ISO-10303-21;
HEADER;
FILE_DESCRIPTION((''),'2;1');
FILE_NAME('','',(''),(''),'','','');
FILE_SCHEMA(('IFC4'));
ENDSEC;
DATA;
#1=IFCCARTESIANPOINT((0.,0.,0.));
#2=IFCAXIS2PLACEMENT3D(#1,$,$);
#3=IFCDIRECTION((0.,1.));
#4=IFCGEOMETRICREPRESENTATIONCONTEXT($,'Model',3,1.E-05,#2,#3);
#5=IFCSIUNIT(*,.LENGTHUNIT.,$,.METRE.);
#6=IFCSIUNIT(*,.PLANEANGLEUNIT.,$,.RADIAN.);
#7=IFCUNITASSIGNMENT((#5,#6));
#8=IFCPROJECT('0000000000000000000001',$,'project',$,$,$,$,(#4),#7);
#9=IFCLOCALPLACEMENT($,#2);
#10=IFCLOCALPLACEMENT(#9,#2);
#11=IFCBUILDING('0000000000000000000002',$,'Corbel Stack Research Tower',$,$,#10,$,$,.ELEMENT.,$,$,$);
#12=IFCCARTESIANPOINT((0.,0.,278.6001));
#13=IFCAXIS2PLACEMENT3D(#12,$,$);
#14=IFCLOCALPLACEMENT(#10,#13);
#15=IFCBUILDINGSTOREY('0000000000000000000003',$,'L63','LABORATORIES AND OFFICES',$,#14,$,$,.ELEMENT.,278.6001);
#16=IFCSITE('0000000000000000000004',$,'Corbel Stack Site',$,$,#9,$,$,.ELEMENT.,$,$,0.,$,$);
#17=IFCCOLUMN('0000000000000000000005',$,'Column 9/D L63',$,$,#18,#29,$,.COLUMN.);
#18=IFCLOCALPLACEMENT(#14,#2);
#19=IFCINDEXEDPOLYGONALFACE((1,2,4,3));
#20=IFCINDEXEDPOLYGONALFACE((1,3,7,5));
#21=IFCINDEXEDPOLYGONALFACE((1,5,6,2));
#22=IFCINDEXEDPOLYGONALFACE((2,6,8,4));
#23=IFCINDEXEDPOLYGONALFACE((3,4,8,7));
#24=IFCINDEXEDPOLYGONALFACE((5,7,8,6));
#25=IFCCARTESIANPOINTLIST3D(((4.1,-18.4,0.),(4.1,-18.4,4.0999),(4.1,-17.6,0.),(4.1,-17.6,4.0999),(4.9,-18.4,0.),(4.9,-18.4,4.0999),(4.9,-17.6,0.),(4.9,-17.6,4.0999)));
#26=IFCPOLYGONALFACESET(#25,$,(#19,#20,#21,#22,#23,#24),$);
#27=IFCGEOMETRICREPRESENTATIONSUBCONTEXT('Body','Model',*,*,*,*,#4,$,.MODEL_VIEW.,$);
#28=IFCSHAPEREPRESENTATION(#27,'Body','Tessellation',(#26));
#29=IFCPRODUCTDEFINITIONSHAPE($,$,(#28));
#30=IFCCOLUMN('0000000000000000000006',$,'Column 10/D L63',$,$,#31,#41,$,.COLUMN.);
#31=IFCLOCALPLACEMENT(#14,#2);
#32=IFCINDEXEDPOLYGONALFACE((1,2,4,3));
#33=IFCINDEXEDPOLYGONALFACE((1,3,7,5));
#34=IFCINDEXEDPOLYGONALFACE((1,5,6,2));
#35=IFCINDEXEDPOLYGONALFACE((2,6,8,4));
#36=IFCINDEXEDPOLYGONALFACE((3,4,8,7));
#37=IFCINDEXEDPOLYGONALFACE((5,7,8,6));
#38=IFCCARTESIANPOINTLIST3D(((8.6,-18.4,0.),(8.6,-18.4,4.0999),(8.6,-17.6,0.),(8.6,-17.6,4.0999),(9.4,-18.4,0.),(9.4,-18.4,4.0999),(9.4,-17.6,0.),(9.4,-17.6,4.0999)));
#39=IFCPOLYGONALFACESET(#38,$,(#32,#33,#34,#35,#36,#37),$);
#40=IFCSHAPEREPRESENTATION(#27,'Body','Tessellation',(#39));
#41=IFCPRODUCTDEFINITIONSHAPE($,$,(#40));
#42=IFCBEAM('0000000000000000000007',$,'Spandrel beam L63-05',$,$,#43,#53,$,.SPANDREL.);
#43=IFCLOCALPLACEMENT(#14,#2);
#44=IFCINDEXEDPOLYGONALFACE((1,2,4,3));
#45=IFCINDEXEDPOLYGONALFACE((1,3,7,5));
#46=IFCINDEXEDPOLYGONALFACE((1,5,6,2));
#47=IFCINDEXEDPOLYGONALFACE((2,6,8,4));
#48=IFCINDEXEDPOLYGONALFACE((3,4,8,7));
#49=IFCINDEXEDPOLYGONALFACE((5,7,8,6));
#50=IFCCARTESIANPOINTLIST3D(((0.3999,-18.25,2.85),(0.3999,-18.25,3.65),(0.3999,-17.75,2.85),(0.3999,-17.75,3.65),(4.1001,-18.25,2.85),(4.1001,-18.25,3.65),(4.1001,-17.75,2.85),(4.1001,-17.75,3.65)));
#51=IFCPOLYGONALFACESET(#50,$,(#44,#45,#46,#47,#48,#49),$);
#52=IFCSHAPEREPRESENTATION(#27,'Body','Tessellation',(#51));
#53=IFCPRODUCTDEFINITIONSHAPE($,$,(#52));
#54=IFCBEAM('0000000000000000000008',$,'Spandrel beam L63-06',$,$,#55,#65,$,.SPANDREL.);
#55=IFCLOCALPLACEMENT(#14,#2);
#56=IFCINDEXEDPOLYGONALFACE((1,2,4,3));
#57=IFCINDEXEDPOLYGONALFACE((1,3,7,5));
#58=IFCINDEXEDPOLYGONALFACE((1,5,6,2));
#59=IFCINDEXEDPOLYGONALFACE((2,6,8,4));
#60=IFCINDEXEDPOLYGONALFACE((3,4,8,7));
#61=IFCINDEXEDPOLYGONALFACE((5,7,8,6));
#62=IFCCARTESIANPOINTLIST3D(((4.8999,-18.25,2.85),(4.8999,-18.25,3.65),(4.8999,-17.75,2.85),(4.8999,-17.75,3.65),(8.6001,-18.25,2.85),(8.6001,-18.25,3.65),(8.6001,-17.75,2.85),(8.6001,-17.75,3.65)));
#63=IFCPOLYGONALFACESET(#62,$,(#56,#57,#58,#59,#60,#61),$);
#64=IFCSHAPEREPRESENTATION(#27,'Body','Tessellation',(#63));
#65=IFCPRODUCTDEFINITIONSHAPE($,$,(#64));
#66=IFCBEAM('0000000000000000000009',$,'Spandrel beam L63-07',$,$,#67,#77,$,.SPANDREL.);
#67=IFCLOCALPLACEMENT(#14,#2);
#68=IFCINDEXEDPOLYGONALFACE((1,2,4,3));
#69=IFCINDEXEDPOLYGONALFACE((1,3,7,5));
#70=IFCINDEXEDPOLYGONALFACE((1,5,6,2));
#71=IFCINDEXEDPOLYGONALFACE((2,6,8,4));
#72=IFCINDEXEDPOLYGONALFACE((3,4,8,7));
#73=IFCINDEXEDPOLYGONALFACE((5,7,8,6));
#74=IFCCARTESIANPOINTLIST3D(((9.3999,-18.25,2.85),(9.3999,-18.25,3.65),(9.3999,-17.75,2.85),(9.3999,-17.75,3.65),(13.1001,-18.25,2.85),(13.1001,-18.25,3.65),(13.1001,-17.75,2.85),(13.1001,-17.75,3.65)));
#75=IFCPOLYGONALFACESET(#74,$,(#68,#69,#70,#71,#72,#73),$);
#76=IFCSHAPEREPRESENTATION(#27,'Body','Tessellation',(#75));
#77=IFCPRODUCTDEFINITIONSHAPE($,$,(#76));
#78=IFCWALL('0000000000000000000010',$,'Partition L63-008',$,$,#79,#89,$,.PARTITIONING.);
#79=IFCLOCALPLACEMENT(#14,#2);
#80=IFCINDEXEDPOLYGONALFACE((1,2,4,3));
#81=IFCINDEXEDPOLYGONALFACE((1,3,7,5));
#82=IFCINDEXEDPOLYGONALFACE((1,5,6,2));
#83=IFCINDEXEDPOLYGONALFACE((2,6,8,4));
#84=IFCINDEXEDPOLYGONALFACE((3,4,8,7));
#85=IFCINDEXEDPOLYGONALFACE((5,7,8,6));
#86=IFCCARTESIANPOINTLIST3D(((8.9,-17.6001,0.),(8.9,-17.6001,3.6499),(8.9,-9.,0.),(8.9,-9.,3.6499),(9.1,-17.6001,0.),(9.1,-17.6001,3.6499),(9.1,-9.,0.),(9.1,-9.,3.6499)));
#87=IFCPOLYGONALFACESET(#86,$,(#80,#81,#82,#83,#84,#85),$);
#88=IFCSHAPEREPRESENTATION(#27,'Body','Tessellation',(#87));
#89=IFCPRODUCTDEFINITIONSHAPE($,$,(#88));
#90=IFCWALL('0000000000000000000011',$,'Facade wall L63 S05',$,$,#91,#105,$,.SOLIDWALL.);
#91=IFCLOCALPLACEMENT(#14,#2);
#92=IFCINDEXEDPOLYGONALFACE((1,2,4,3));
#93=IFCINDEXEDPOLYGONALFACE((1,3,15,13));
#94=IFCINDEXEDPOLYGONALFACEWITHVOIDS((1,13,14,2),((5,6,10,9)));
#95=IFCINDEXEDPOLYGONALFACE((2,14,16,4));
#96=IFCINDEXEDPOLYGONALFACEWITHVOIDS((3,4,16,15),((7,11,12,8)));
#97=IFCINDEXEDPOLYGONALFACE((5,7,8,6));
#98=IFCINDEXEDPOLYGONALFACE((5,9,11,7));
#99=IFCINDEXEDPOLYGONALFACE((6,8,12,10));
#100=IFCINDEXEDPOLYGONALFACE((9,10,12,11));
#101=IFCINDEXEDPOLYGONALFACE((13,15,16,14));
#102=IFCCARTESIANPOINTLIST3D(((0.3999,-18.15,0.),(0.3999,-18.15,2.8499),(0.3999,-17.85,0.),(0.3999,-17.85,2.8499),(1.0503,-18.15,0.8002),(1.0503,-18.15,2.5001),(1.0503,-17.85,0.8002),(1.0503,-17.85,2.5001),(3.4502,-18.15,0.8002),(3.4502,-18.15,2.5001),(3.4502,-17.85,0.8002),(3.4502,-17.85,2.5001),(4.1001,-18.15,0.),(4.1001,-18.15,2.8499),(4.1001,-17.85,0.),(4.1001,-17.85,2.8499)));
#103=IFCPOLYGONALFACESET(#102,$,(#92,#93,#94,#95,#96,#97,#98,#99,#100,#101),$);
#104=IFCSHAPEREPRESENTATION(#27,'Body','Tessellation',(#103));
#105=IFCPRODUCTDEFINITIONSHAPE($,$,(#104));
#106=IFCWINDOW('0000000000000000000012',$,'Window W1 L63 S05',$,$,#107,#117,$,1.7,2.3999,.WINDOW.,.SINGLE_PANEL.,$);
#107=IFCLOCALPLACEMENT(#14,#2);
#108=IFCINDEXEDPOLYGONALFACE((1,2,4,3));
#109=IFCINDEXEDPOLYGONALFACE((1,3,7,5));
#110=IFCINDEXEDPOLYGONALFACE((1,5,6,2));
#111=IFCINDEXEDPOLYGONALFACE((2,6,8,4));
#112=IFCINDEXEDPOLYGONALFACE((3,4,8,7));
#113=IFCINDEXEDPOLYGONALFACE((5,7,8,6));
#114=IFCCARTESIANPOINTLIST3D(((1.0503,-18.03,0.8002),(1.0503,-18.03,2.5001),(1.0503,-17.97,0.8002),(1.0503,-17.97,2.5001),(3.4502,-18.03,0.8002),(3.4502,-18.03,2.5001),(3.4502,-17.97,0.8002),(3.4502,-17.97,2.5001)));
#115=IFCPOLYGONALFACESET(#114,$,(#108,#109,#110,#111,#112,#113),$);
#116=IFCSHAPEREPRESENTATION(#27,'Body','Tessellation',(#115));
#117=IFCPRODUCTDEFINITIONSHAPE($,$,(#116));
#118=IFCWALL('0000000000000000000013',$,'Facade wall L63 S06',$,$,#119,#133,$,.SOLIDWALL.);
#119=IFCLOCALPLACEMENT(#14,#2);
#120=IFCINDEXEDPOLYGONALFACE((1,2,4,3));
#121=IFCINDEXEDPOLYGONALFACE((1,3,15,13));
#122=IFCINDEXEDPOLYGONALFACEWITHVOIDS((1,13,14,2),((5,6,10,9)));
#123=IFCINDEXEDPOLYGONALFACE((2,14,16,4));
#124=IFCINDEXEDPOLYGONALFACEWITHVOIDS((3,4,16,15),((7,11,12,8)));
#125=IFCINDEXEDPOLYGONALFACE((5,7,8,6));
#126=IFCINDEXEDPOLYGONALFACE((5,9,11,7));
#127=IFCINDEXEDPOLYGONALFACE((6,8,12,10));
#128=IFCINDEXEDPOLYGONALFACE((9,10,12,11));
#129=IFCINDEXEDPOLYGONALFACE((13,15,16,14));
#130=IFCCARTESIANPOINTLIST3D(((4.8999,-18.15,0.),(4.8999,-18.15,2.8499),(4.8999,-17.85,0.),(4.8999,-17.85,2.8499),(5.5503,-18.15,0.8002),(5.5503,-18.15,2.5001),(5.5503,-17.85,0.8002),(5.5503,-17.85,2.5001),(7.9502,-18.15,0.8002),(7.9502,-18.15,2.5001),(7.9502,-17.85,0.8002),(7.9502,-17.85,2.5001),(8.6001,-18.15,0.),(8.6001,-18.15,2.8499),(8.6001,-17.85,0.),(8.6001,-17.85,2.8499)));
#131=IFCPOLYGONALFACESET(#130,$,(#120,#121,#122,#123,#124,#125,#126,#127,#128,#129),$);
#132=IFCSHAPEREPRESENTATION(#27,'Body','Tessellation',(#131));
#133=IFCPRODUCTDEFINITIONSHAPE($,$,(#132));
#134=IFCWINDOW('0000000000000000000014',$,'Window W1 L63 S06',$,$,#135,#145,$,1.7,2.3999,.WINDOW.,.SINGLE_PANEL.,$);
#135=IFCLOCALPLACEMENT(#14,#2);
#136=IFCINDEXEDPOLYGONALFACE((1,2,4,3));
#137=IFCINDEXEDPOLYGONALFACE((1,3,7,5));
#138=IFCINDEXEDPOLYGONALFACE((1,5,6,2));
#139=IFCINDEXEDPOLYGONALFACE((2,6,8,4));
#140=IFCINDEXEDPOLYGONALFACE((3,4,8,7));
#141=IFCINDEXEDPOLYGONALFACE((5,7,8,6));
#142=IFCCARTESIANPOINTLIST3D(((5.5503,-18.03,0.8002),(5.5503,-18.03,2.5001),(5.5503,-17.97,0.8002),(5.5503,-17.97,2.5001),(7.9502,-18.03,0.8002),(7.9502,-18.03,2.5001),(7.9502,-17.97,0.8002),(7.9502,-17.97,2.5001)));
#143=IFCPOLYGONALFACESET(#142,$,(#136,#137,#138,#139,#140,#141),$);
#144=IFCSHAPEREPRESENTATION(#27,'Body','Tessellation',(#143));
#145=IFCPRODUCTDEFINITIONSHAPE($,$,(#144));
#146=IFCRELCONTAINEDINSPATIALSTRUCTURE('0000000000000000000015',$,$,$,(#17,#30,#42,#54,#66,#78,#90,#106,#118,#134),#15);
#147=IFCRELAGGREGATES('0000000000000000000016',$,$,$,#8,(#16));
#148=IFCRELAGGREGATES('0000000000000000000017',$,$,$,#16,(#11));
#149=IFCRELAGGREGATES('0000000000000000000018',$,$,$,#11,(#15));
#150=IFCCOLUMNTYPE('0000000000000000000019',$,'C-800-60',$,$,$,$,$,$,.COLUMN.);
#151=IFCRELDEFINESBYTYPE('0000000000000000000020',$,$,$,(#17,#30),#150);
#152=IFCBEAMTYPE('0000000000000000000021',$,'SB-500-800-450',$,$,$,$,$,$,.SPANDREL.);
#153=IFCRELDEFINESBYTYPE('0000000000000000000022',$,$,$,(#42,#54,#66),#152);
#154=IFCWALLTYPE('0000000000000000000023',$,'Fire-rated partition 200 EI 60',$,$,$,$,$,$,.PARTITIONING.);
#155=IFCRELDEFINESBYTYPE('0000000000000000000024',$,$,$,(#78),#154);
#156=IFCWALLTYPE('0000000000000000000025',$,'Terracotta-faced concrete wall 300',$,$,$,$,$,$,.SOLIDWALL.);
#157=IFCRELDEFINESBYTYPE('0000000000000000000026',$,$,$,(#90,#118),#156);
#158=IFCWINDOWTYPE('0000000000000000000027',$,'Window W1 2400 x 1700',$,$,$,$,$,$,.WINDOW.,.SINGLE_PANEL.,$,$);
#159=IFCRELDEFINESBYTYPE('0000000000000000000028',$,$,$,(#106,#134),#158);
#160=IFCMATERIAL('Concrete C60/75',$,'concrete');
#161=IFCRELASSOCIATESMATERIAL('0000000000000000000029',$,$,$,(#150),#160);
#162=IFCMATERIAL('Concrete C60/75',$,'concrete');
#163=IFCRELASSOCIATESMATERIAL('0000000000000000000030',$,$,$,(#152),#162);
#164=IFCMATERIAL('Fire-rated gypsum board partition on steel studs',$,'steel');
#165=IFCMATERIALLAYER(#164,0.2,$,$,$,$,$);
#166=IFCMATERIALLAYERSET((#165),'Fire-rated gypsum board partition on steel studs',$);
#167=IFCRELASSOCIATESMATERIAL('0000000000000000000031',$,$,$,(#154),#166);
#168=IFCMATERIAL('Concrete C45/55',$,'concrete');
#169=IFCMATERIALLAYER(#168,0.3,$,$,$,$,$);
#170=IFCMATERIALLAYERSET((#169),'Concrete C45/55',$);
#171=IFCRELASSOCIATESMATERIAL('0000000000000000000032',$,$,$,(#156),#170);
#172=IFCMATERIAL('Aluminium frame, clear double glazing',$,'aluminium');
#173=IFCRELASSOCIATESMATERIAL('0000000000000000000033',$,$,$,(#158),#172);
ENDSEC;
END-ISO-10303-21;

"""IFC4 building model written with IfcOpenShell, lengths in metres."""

from ifc_helpers import new_model, si_unit, direction, frame, frame_2d, origin, origin_2d, place, context, subcontext, project, spatial, rectangle, extrude, material, layer, layer_set, material_profile, profile_set, type_object, element, fill, save


model = new_model("IFC4")

# Units and contexts
model_context = context("Model", 3, precision=1e-05, world=origin(), true_north=direction((0.0, 1.0)))
body_context = subcontext(model_context, "Body", "Model", "MODEL_VIEW")
ifc_project = project(units=[si_unit("LENGTHUNIT", "METRE"), si_unit("PLANEANGLEUNIT", "RADIAN")], contexts=[model_context])

# Site, building, storey
site_placement = place(None, origin())
site = spatial("IfcSite", under=ifc_project, at=site_placement, Name="Corbel Stack Site", CompositionType="ELEMENT", RefElevation=0.0)
building_placement = place(site_placement, origin())
building = spatial("IfcBuilding", under=site, at=building_placement, Name="Corbel Stack Research Tower", CompositionType="ELEMENT")
storey_placement = place(building_placement, frame((0.0, 0.0, 278.6001)))
storey = spatial("IfcBuildingStorey", under=building, at=storey_placement, Name="L63", Description="LABORATORIES AND OFFICES", CompositionType="ELEMENT", Elevation=278.6001)

# Columns
ifc_material_1 = material(Name="Concrete C60/75", Category="concrete")
ifc_material_profile_1 = material_profile(ifc_material_1, rectangle(XDim=0.8, YDim=0.8, at=origin_2d()), Name="RC 800 x 800")
ifc_profile_set_1 = profile_set([ifc_material_profile_1], Name="Concrete C60/75")
column_type = type_object("IfcColumnType", Name="C-800-60", PredefinedType="COLUMN", material=ifc_profile_set_1)
for number, where, z_axis, x_axis, name in (
    (1, (4.5, -18.0, 0.0), (0.0, 0.0, 1.0), (1.0, 0.0, 0.0), "Column 9/D L63"),
    (2, (9.0, -18.0, 0.0), (0.0, 0.0, 1.0), (1.0, 0.0, 0.0), "Column 10/D L63"),
):
    element("IfcColumn", number, at=place(storey_placement, frame(where, z_axis=z_axis, x_axis=x_axis)), inside=storey, type_object=column_type, Name=name, PredefinedType="COLUMN", context=body_context, shape_type="SweptSolid", body=[
        extrude(rectangle(XDim=0.8, YDim=0.8, at=origin_2d()), origin(), (0.0, 0.0, 1.0), 4.0999),
    ])

# Beams
ifc_material_2 = material(Name="Concrete C60/75", Category="concrete")
ifc_material_profile_2 = material_profile(ifc_material_2, rectangle(XDim=0.5, YDim=0.8, at=origin_2d()), Name="RC 500 x 800")
ifc_profile_set_2 = profile_set([ifc_material_profile_2], Name="Concrete C60/75")
beam_type = type_object("IfcBeamType", Name="SB-500-800-450", PredefinedType="SPANDREL", material=ifc_profile_set_2)
for number, where, z_axis, x_axis, name in (
    (3, (0.3999, -18.0, 3.25), (1.0, 0.0, 0.0), (0.0, 1.0, 0.0), "Spandrel beam L63-05"),
    (4, (4.8999, -18.0, 3.25), (1.0, 0.0, 0.0), (0.0, 1.0, 0.0), "Spandrel beam L63-06"),
    (5, (9.3999, -18.0, 3.25), (1.0, 0.0, 0.0), (0.0, 1.0, 0.0), "Spandrel beam L63-07"),
):
    element("IfcBeam", number, at=place(storey_placement, frame(where, z_axis=z_axis, x_axis=x_axis)), inside=storey, type_object=beam_type, Name=name, PredefinedType="SPANDREL", context=body_context, shape_type="SweptSolid", body=[
        extrude(rectangle(XDim=0.5, YDim=0.8, at=origin_2d()), origin(), (0.0, 0.0, 1.0), 3.7002),
    ])

# Wall
ifc_material_3 = material(Name="Fire-rated gypsum board partition on steel studs", Category="steel")
ifc_layer_1 = layer(ifc_material_3, 0.2)
ifc_layer_set_1 = layer_set([ifc_layer_1], Name="Fire-rated gypsum board partition on steel studs")
wall_type_1 = type_object("IfcWallType", Name="Fire-rated partition 200 EI 60", PredefinedType="PARTITIONING", material=ifc_layer_set_1)
wall_1_placement = place(storey_placement, frame((9.0, -17.6001, 0.0), z_axis=(0.0, 0.0, 1.0), x_axis=(0.0, 1.0, 0.0)))
element("IfcWall", 6, at=wall_1_placement, inside=storey, type_object=wall_type_1, Name="Partition L63-008", PredefinedType="PARTITIONING", context=body_context, shape_type="SweptSolid", body=[
    extrude(rectangle(XDim=8.6001, YDim=0.2, at=frame_2d((4.3, 0.0))), origin(), (0.0, 0.0, 1.0), 3.6499),
])

# Walls, openings, windows
ifc_material_4 = material(Name="Concrete C45/55", Category="concrete")
ifc_layer_2 = layer(ifc_material_4, 0.3)
ifc_layer_set_2 = layer_set([ifc_layer_2], Name="Concrete C45/55")
wall_type_2 = type_object("IfcWallType", Name="Terracotta-faced concrete wall 300", PredefinedType="SOLIDWALL", material=ifc_layer_set_2)
wall_2_placement = place(storey_placement, frame((4.1001, -18.0, 0.0), z_axis=(0.0, 0.0, 1.0), x_axis=(-1.0, 0.0, 0.0)))
wall_2 = element("IfcWall", 7, at=wall_2_placement, inside=storey, type_object=wall_type_2, Name="Facade wall L63 S05", PredefinedType="SOLIDWALL", context=body_context, shape_type="SweptSolid", body=[
    extrude(rectangle(XDim=3.7002, YDim=0.3, at=frame_2d((1.8501, 0.0))), origin(), (0.0, 0.0, 1.0), 2.8499),
])
opening_1_placement = place(wall_2_placement, frame((0.6499, 0.0, 0.8)))
opening_1 = element("IfcOpeningElement", 8, at=opening_1_placement, cuts=wall_2, PredefinedType="OPENING", context=body_context, shape_type="SweptSolid", body=[
    extrude(rectangle(XDim=2.3999, YDim=1.7, at=frame_2d((1.2, 0.8501))), frame((0.0, 0.1599, 0.0), z_axis=(0.0, -1.0, 0.0), x_axis=(1.0, 0.0, 0.0)), (0.0, 0.0, 1.0), 0.3201),
])
ifc_material_5 = material(Name="Aluminium frame, clear double glazing", Category="aluminium")
window_type = type_object("IfcWindowType", Name="Window W1 2400 x 1700", PartitioningType="SINGLE_PANEL", PredefinedType="WINDOW", material=ifc_material_5)
window_1_placement = place(opening_1_placement, origin())
window_1 = element("IfcWindow", 9, at=window_1_placement, inside=storey, type_object=window_type, Name="Window W1 L63 S05", OverallHeight=1.7, OverallWidth=2.3999, PartitioningType="SINGLE_PANEL", PredefinedType="WINDOW", context=body_context, shape_type="SweptSolid", body=[
    extrude(rectangle(XDim=2.3999, YDim=1.7, at=frame_2d((1.2, 0.8501))), frame((0.0, 0.03, 0.0), z_axis=(0.0, -1.0, 0.0), x_axis=(1.0, 0.0, 0.0)), (0.0, 0.0, 1.0), 0.0601),
])
fill(opening_1, window_1)
wall_3_placement = place(storey_placement, frame((8.6001, -18.0, 0.0), z_axis=(0.0, 0.0, 1.0), x_axis=(-1.0, 0.0, 0.0)))
wall_3 = element("IfcWall", 10, at=wall_3_placement, inside=storey, type_object=wall_type_2, Name="Facade wall L63 S06", PredefinedType="SOLIDWALL", context=body_context, shape_type="SweptSolid", body=[
    extrude(rectangle(XDim=3.7002, YDim=0.3, at=frame_2d((1.8501, 0.0))), origin(), (0.0, 0.0, 1.0), 2.8499),
])
opening_2_placement = place(wall_3_placement, frame((0.6499, 0.0, 0.8)))
opening_2 = element("IfcOpeningElement", 11, at=opening_2_placement, cuts=wall_3, PredefinedType="OPENING", context=body_context, shape_type="SweptSolid", body=[
    extrude(rectangle(XDim=2.3999, YDim=1.7, at=frame_2d((1.2, 0.8501))), frame((0.0, 0.1599, 0.0), z_axis=(0.0, -1.0, 0.0), x_axis=(1.0, 0.0, 0.0)), (0.0, 0.0, 1.0), 0.3201),
])
window_2_placement = place(opening_2_placement, origin())
window_2 = element("IfcWindow", 12, at=window_2_placement, inside=storey, type_object=window_type, Name="Window W1 L63 S06", OverallHeight=1.7, OverallWidth=2.3999, PartitioningType="SINGLE_PANEL", PredefinedType="WINDOW", context=body_context, shape_type="SweptSolid", body=[
    extrude(rectangle(XDim=2.3999, YDim=1.7, at=frame_2d((1.2, 0.8501))), frame((0.0, 0.03, 0.0), z_axis=(0.0, -1.0, 0.0), x_axis=(1.0, 0.0, 0.0)), (0.0, 0.0, 1.0), 0.0601),
])
fill(opening_2, window_2)

save(model, "model.ifc")
